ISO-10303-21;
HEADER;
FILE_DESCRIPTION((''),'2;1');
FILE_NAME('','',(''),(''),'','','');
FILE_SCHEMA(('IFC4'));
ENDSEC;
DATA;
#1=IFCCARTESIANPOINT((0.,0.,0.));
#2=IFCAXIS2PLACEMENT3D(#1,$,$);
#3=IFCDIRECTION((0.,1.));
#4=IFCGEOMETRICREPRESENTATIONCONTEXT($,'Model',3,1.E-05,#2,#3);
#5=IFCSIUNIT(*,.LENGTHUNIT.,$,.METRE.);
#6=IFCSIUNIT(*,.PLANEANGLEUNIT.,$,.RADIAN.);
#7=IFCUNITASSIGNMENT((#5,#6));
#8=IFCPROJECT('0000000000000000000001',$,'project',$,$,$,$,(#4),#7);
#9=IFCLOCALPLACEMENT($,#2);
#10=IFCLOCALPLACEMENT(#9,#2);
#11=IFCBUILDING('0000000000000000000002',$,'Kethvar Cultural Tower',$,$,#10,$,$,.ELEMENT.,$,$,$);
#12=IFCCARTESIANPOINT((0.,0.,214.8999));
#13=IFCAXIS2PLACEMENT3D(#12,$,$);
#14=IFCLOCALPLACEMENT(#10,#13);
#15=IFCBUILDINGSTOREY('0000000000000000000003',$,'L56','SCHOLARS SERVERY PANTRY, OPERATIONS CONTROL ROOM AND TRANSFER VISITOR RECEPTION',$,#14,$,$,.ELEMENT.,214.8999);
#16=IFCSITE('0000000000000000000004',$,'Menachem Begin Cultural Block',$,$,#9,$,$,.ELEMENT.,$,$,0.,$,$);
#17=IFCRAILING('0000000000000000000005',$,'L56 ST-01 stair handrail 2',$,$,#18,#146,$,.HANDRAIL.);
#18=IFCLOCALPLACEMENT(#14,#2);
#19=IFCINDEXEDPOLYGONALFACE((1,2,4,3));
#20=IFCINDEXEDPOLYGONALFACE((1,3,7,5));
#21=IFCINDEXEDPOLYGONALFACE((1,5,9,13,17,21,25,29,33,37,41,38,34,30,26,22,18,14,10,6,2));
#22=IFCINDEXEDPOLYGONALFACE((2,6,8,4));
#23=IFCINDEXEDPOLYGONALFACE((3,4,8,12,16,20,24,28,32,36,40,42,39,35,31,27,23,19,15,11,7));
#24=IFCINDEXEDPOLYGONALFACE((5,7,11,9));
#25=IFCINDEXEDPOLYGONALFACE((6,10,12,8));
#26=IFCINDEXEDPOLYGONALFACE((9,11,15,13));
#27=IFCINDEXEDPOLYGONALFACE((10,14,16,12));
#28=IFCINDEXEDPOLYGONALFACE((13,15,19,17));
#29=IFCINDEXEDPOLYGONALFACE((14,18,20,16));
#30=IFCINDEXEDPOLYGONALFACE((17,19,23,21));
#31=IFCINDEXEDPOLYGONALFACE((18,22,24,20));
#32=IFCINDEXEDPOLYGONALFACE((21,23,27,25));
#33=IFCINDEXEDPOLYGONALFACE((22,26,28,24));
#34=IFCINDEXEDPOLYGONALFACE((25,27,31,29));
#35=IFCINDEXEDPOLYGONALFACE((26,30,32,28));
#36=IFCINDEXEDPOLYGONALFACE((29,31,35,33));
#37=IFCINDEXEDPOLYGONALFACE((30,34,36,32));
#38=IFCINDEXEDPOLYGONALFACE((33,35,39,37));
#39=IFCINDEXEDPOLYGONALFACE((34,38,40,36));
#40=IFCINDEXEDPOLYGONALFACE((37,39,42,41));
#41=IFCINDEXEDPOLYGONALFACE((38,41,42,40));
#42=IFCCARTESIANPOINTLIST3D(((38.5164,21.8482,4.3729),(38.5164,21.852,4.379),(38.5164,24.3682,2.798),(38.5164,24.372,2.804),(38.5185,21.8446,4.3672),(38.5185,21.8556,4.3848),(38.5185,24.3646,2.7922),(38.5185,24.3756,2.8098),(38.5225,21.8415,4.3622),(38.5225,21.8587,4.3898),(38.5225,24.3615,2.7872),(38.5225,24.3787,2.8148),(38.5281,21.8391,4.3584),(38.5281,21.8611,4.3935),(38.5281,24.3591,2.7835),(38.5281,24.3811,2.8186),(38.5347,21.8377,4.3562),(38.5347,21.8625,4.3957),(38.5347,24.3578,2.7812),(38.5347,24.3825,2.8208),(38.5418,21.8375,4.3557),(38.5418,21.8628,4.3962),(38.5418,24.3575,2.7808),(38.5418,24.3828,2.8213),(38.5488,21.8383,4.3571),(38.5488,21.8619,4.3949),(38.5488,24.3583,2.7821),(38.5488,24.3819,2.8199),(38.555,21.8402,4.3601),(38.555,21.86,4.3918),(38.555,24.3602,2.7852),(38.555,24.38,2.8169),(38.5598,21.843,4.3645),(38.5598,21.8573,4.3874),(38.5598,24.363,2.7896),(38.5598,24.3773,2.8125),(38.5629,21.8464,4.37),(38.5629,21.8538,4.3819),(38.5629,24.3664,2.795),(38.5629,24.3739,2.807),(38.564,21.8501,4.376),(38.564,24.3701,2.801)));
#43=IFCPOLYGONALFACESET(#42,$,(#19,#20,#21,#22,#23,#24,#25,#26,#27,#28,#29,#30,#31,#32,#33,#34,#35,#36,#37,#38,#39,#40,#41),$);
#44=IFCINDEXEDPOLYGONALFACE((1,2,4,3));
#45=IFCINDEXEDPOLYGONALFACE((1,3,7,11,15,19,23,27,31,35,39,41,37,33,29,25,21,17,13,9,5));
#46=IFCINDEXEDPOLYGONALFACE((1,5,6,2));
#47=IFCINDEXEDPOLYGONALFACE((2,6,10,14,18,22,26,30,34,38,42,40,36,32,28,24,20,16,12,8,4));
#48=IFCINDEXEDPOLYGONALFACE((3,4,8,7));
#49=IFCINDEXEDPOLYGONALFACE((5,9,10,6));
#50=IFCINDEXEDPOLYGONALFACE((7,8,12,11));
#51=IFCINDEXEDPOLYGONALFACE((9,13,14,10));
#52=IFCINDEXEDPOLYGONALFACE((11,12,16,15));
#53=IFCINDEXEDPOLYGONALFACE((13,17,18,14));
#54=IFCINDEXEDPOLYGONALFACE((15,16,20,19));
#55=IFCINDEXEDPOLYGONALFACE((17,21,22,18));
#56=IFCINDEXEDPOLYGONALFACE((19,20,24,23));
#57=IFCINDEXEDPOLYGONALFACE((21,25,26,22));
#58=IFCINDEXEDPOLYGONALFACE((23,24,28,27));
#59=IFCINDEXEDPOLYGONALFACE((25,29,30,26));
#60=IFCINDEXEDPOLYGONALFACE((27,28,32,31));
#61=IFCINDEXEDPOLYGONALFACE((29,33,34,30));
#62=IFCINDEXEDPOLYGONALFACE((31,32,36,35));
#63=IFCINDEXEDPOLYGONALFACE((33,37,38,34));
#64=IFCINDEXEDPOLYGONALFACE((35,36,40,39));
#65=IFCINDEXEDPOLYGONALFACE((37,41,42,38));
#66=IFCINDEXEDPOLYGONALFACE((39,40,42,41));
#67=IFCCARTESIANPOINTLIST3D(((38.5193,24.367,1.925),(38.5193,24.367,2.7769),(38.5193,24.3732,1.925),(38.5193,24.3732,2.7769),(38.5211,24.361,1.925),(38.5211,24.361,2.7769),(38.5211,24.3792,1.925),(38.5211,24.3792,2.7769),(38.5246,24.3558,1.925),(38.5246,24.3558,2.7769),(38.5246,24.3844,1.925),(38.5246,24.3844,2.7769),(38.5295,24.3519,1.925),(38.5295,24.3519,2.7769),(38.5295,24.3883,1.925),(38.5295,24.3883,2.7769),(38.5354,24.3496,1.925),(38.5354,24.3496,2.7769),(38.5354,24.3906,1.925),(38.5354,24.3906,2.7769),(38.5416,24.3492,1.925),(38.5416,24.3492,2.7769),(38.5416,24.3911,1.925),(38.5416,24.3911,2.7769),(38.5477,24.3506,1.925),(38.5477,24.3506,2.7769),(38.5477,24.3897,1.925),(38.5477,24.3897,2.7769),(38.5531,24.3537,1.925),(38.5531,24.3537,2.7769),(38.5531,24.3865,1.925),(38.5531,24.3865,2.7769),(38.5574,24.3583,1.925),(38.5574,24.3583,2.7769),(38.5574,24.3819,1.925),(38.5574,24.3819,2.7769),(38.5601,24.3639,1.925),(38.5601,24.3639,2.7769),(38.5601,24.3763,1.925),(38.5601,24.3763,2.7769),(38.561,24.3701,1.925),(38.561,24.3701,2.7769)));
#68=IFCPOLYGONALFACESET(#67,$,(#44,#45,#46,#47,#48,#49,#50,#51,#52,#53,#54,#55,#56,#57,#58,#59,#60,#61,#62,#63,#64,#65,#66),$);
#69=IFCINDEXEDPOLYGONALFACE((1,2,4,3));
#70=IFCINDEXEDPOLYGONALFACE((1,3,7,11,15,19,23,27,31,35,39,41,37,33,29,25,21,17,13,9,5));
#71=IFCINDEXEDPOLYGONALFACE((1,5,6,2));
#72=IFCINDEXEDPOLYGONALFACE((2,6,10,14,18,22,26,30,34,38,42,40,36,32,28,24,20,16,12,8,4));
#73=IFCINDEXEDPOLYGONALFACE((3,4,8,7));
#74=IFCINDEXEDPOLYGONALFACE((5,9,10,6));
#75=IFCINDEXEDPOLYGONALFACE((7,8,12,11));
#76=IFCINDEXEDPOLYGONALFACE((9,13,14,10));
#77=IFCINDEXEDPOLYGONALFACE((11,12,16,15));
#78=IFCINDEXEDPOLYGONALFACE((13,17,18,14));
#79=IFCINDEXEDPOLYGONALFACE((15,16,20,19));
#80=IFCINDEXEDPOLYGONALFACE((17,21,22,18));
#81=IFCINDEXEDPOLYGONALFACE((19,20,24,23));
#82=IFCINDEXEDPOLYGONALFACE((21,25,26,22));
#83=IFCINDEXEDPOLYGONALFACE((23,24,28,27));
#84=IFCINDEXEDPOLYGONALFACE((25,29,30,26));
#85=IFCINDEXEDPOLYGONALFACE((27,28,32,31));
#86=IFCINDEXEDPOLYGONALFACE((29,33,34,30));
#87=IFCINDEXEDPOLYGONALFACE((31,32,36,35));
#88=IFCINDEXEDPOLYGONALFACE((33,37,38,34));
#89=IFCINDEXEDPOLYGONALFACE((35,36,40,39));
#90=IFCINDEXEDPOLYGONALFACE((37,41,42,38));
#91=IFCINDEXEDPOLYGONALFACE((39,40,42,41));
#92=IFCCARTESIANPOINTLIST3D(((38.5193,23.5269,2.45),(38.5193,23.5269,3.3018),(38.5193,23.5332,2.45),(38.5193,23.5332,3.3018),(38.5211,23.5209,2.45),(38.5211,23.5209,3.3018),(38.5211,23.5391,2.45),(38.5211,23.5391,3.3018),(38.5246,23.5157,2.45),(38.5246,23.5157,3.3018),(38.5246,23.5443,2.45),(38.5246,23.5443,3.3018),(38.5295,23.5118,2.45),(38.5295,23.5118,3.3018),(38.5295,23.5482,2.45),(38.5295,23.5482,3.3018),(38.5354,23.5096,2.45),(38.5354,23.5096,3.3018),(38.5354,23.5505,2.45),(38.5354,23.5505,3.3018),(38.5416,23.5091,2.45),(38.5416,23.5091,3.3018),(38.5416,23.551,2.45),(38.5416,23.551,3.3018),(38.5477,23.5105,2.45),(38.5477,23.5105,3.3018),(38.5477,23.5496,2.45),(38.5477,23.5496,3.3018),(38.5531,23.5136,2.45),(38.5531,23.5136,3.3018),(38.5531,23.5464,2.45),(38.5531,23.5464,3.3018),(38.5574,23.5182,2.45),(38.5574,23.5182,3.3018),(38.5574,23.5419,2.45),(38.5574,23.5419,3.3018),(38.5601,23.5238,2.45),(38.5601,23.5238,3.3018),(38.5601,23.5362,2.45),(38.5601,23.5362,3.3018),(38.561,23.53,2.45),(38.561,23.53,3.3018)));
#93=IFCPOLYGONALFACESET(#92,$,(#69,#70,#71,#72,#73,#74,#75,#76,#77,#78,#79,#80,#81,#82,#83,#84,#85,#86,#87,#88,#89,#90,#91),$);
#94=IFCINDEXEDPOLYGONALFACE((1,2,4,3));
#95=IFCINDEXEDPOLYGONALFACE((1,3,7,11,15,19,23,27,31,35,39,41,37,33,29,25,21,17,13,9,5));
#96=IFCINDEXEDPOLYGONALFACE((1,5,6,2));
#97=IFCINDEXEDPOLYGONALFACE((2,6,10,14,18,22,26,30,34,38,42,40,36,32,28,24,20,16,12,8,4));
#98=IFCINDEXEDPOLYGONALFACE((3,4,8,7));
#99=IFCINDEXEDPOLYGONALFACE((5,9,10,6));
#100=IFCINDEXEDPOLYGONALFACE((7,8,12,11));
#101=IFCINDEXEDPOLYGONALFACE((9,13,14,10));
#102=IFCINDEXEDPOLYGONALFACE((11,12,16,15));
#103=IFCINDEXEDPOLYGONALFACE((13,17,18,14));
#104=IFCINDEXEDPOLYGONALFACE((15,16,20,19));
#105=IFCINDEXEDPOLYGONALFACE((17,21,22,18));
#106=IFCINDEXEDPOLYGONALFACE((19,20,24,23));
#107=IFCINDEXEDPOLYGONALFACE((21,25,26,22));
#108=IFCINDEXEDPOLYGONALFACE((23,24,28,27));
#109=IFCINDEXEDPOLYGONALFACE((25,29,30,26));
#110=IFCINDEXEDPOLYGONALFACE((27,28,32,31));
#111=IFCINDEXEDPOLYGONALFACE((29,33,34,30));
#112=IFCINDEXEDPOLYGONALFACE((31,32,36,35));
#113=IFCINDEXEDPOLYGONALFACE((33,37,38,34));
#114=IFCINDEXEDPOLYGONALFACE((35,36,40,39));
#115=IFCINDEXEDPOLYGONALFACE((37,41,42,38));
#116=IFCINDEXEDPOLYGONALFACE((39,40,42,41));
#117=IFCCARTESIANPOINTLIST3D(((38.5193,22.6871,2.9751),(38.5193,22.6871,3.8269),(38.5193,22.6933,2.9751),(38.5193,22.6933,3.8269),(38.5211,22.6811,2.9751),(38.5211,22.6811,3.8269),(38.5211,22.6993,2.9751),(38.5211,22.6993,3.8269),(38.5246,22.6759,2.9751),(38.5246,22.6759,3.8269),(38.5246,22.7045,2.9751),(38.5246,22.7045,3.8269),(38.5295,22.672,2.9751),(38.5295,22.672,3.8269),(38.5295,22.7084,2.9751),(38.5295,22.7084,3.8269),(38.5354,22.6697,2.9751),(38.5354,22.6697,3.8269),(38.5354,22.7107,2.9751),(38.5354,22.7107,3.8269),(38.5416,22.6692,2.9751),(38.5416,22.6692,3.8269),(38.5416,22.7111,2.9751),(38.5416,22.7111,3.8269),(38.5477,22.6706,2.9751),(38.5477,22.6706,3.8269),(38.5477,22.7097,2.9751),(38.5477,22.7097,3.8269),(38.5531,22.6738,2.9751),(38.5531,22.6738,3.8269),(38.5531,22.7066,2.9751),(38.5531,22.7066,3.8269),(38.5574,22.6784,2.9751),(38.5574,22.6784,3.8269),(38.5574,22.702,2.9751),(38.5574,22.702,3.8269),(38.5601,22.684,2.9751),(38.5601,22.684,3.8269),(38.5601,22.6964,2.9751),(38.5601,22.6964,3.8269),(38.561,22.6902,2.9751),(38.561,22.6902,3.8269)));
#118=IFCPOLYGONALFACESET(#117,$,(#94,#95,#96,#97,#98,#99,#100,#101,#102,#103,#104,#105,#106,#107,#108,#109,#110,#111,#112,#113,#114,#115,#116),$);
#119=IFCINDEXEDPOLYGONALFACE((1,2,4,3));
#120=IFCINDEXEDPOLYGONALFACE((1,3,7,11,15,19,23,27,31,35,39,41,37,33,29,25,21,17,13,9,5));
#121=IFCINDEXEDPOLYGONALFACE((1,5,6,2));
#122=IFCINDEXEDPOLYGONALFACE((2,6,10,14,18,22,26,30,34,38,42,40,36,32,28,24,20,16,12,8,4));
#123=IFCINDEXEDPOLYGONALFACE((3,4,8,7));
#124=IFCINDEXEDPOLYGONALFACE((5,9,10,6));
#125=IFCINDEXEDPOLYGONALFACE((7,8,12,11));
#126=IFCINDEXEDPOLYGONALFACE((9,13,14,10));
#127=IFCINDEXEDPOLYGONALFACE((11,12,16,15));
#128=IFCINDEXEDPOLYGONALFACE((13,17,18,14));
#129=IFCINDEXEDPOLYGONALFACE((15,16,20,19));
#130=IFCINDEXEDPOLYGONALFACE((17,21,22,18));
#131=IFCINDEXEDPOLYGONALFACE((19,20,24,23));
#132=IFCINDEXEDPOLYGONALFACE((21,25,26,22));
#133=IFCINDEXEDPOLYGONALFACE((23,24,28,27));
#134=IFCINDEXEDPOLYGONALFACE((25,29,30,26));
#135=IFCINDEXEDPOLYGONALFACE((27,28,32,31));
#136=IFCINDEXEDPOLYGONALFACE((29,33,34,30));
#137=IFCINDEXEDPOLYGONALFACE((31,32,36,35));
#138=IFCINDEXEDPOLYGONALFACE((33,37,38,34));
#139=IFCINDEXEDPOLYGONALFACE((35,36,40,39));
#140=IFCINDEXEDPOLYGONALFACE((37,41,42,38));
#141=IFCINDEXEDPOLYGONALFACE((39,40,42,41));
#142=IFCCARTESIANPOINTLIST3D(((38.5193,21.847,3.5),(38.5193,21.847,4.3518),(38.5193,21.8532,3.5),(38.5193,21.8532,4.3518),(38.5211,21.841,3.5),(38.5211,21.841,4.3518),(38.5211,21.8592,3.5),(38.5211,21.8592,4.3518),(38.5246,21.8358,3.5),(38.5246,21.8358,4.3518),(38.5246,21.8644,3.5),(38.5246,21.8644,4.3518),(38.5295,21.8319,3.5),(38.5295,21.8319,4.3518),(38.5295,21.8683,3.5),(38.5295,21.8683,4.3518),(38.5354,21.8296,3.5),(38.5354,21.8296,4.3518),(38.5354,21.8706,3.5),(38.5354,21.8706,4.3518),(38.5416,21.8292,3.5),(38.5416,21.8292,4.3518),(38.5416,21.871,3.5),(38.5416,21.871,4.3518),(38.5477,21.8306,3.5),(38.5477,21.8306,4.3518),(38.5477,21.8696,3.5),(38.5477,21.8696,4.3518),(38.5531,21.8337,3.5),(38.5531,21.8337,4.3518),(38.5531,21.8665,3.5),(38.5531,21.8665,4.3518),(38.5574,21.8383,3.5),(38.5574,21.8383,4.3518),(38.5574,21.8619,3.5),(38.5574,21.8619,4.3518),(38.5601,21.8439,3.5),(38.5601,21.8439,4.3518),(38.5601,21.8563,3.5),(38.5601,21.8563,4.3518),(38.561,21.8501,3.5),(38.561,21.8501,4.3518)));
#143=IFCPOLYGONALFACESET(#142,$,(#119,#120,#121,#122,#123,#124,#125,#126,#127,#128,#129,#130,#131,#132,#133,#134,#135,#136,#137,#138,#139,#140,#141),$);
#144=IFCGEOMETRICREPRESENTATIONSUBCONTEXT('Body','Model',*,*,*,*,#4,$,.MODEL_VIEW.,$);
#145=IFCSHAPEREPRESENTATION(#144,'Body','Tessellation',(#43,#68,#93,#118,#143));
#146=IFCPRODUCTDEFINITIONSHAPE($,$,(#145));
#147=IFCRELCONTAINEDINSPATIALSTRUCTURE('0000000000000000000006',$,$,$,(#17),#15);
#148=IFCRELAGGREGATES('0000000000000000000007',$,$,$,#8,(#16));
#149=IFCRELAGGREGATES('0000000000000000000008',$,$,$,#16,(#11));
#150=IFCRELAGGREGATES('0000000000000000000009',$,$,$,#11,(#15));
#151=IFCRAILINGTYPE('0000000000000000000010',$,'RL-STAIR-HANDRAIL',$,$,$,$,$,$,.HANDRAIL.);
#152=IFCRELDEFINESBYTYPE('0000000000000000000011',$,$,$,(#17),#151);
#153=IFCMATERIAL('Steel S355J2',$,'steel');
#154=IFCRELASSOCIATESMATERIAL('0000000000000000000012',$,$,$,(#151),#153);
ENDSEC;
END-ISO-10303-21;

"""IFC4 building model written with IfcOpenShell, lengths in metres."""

from ifc_helpers import new_model, si_unit, direction, frame, origin, origin_2d, place, context, subcontext, project, spatial, circle, extrude, material, type_object, element, save


model = new_model("IFC4")

# Units and contexts
model_context = context("Model", 3, precision=1e-05, world=origin(), true_north=direction((0.0, 1.0)))
body_context = subcontext(model_context, "Body", "Model", "MODEL_VIEW")
ifc_project = project(units=[si_unit("LENGTHUNIT", "METRE"), si_unit("PLANEANGLEUNIT", "RADIAN")], contexts=[model_context])

# Site, building, storey
site_placement = place(None, origin())
site = spatial("IfcSite", under=ifc_project, at=site_placement, Name="Menachem Begin Cultural Block", CompositionType="ELEMENT", RefElevation=0.0)
building_placement = place(site_placement, origin())
building = spatial("IfcBuilding", under=site, at=building_placement, Name="Kethvar Cultural Tower", CompositionType="ELEMENT")
storey_placement = place(building_placement, frame((0.0, 0.0, 214.8999)))
storey = spatial("IfcBuildingStorey", under=building, at=storey_placement, Name="L56", Description="SCHOLARS SERVERY PANTRY, OPERATIONS CONTROL ROOM AND TRANSFER VISITOR RECEPTION", CompositionType="ELEMENT", Elevation=214.8999)

# Shared definitions
ifc_material_1 = material(Name="Steel S355J2", Category="steel")

# Railing
railing_type_1 = type_object("IfcRailingType", Name="RL-STAIR-HANDRAIL", PredefinedType="HANDRAIL", material=ifc_material_1)
railing_1_placement = place(storey_placement, frame((38.54, 24.3701, 1.925)))
element("IfcRailing", 1, at=railing_1_placement, inside=storey, type_object=railing_type_1, Name="L56 ST-01 stair handrail 2", PredefinedType="HANDRAIL", context=body_context, shape_type="SweptSolid", body=[
    extrude(circle(Radius=0.0239, at=origin_2d()), frame((0.0, 0.0, 0.876), z_axis=(0.0, -0.848008, 0.529984), x_axis=(1.0, 0.0, 0.0)), (0.0, 0.0, 1.0), 2.9717),
    extrude(circle(Radius=0.021, at=origin_2d()), origin(), (0.0, 0.0, 1.0), 0.8518),
    extrude(circle(Radius=0.021, at=origin_2d()), frame((0.0, -0.8401, 0.5249)), (0.0, 0.0, 1.0), 0.8518),
    extrude(circle(Radius=0.021, at=origin_2d()), frame((0.0, -1.6799, 1.05)), (0.0, 0.0, 1.0), 0.8518),
    extrude(circle(Radius=0.021, at=origin_2d()), frame((0.0, -2.52, 1.575)), (0.0, 0.0, 1.0), 0.8518),
])

save(model, "model.ifc")
